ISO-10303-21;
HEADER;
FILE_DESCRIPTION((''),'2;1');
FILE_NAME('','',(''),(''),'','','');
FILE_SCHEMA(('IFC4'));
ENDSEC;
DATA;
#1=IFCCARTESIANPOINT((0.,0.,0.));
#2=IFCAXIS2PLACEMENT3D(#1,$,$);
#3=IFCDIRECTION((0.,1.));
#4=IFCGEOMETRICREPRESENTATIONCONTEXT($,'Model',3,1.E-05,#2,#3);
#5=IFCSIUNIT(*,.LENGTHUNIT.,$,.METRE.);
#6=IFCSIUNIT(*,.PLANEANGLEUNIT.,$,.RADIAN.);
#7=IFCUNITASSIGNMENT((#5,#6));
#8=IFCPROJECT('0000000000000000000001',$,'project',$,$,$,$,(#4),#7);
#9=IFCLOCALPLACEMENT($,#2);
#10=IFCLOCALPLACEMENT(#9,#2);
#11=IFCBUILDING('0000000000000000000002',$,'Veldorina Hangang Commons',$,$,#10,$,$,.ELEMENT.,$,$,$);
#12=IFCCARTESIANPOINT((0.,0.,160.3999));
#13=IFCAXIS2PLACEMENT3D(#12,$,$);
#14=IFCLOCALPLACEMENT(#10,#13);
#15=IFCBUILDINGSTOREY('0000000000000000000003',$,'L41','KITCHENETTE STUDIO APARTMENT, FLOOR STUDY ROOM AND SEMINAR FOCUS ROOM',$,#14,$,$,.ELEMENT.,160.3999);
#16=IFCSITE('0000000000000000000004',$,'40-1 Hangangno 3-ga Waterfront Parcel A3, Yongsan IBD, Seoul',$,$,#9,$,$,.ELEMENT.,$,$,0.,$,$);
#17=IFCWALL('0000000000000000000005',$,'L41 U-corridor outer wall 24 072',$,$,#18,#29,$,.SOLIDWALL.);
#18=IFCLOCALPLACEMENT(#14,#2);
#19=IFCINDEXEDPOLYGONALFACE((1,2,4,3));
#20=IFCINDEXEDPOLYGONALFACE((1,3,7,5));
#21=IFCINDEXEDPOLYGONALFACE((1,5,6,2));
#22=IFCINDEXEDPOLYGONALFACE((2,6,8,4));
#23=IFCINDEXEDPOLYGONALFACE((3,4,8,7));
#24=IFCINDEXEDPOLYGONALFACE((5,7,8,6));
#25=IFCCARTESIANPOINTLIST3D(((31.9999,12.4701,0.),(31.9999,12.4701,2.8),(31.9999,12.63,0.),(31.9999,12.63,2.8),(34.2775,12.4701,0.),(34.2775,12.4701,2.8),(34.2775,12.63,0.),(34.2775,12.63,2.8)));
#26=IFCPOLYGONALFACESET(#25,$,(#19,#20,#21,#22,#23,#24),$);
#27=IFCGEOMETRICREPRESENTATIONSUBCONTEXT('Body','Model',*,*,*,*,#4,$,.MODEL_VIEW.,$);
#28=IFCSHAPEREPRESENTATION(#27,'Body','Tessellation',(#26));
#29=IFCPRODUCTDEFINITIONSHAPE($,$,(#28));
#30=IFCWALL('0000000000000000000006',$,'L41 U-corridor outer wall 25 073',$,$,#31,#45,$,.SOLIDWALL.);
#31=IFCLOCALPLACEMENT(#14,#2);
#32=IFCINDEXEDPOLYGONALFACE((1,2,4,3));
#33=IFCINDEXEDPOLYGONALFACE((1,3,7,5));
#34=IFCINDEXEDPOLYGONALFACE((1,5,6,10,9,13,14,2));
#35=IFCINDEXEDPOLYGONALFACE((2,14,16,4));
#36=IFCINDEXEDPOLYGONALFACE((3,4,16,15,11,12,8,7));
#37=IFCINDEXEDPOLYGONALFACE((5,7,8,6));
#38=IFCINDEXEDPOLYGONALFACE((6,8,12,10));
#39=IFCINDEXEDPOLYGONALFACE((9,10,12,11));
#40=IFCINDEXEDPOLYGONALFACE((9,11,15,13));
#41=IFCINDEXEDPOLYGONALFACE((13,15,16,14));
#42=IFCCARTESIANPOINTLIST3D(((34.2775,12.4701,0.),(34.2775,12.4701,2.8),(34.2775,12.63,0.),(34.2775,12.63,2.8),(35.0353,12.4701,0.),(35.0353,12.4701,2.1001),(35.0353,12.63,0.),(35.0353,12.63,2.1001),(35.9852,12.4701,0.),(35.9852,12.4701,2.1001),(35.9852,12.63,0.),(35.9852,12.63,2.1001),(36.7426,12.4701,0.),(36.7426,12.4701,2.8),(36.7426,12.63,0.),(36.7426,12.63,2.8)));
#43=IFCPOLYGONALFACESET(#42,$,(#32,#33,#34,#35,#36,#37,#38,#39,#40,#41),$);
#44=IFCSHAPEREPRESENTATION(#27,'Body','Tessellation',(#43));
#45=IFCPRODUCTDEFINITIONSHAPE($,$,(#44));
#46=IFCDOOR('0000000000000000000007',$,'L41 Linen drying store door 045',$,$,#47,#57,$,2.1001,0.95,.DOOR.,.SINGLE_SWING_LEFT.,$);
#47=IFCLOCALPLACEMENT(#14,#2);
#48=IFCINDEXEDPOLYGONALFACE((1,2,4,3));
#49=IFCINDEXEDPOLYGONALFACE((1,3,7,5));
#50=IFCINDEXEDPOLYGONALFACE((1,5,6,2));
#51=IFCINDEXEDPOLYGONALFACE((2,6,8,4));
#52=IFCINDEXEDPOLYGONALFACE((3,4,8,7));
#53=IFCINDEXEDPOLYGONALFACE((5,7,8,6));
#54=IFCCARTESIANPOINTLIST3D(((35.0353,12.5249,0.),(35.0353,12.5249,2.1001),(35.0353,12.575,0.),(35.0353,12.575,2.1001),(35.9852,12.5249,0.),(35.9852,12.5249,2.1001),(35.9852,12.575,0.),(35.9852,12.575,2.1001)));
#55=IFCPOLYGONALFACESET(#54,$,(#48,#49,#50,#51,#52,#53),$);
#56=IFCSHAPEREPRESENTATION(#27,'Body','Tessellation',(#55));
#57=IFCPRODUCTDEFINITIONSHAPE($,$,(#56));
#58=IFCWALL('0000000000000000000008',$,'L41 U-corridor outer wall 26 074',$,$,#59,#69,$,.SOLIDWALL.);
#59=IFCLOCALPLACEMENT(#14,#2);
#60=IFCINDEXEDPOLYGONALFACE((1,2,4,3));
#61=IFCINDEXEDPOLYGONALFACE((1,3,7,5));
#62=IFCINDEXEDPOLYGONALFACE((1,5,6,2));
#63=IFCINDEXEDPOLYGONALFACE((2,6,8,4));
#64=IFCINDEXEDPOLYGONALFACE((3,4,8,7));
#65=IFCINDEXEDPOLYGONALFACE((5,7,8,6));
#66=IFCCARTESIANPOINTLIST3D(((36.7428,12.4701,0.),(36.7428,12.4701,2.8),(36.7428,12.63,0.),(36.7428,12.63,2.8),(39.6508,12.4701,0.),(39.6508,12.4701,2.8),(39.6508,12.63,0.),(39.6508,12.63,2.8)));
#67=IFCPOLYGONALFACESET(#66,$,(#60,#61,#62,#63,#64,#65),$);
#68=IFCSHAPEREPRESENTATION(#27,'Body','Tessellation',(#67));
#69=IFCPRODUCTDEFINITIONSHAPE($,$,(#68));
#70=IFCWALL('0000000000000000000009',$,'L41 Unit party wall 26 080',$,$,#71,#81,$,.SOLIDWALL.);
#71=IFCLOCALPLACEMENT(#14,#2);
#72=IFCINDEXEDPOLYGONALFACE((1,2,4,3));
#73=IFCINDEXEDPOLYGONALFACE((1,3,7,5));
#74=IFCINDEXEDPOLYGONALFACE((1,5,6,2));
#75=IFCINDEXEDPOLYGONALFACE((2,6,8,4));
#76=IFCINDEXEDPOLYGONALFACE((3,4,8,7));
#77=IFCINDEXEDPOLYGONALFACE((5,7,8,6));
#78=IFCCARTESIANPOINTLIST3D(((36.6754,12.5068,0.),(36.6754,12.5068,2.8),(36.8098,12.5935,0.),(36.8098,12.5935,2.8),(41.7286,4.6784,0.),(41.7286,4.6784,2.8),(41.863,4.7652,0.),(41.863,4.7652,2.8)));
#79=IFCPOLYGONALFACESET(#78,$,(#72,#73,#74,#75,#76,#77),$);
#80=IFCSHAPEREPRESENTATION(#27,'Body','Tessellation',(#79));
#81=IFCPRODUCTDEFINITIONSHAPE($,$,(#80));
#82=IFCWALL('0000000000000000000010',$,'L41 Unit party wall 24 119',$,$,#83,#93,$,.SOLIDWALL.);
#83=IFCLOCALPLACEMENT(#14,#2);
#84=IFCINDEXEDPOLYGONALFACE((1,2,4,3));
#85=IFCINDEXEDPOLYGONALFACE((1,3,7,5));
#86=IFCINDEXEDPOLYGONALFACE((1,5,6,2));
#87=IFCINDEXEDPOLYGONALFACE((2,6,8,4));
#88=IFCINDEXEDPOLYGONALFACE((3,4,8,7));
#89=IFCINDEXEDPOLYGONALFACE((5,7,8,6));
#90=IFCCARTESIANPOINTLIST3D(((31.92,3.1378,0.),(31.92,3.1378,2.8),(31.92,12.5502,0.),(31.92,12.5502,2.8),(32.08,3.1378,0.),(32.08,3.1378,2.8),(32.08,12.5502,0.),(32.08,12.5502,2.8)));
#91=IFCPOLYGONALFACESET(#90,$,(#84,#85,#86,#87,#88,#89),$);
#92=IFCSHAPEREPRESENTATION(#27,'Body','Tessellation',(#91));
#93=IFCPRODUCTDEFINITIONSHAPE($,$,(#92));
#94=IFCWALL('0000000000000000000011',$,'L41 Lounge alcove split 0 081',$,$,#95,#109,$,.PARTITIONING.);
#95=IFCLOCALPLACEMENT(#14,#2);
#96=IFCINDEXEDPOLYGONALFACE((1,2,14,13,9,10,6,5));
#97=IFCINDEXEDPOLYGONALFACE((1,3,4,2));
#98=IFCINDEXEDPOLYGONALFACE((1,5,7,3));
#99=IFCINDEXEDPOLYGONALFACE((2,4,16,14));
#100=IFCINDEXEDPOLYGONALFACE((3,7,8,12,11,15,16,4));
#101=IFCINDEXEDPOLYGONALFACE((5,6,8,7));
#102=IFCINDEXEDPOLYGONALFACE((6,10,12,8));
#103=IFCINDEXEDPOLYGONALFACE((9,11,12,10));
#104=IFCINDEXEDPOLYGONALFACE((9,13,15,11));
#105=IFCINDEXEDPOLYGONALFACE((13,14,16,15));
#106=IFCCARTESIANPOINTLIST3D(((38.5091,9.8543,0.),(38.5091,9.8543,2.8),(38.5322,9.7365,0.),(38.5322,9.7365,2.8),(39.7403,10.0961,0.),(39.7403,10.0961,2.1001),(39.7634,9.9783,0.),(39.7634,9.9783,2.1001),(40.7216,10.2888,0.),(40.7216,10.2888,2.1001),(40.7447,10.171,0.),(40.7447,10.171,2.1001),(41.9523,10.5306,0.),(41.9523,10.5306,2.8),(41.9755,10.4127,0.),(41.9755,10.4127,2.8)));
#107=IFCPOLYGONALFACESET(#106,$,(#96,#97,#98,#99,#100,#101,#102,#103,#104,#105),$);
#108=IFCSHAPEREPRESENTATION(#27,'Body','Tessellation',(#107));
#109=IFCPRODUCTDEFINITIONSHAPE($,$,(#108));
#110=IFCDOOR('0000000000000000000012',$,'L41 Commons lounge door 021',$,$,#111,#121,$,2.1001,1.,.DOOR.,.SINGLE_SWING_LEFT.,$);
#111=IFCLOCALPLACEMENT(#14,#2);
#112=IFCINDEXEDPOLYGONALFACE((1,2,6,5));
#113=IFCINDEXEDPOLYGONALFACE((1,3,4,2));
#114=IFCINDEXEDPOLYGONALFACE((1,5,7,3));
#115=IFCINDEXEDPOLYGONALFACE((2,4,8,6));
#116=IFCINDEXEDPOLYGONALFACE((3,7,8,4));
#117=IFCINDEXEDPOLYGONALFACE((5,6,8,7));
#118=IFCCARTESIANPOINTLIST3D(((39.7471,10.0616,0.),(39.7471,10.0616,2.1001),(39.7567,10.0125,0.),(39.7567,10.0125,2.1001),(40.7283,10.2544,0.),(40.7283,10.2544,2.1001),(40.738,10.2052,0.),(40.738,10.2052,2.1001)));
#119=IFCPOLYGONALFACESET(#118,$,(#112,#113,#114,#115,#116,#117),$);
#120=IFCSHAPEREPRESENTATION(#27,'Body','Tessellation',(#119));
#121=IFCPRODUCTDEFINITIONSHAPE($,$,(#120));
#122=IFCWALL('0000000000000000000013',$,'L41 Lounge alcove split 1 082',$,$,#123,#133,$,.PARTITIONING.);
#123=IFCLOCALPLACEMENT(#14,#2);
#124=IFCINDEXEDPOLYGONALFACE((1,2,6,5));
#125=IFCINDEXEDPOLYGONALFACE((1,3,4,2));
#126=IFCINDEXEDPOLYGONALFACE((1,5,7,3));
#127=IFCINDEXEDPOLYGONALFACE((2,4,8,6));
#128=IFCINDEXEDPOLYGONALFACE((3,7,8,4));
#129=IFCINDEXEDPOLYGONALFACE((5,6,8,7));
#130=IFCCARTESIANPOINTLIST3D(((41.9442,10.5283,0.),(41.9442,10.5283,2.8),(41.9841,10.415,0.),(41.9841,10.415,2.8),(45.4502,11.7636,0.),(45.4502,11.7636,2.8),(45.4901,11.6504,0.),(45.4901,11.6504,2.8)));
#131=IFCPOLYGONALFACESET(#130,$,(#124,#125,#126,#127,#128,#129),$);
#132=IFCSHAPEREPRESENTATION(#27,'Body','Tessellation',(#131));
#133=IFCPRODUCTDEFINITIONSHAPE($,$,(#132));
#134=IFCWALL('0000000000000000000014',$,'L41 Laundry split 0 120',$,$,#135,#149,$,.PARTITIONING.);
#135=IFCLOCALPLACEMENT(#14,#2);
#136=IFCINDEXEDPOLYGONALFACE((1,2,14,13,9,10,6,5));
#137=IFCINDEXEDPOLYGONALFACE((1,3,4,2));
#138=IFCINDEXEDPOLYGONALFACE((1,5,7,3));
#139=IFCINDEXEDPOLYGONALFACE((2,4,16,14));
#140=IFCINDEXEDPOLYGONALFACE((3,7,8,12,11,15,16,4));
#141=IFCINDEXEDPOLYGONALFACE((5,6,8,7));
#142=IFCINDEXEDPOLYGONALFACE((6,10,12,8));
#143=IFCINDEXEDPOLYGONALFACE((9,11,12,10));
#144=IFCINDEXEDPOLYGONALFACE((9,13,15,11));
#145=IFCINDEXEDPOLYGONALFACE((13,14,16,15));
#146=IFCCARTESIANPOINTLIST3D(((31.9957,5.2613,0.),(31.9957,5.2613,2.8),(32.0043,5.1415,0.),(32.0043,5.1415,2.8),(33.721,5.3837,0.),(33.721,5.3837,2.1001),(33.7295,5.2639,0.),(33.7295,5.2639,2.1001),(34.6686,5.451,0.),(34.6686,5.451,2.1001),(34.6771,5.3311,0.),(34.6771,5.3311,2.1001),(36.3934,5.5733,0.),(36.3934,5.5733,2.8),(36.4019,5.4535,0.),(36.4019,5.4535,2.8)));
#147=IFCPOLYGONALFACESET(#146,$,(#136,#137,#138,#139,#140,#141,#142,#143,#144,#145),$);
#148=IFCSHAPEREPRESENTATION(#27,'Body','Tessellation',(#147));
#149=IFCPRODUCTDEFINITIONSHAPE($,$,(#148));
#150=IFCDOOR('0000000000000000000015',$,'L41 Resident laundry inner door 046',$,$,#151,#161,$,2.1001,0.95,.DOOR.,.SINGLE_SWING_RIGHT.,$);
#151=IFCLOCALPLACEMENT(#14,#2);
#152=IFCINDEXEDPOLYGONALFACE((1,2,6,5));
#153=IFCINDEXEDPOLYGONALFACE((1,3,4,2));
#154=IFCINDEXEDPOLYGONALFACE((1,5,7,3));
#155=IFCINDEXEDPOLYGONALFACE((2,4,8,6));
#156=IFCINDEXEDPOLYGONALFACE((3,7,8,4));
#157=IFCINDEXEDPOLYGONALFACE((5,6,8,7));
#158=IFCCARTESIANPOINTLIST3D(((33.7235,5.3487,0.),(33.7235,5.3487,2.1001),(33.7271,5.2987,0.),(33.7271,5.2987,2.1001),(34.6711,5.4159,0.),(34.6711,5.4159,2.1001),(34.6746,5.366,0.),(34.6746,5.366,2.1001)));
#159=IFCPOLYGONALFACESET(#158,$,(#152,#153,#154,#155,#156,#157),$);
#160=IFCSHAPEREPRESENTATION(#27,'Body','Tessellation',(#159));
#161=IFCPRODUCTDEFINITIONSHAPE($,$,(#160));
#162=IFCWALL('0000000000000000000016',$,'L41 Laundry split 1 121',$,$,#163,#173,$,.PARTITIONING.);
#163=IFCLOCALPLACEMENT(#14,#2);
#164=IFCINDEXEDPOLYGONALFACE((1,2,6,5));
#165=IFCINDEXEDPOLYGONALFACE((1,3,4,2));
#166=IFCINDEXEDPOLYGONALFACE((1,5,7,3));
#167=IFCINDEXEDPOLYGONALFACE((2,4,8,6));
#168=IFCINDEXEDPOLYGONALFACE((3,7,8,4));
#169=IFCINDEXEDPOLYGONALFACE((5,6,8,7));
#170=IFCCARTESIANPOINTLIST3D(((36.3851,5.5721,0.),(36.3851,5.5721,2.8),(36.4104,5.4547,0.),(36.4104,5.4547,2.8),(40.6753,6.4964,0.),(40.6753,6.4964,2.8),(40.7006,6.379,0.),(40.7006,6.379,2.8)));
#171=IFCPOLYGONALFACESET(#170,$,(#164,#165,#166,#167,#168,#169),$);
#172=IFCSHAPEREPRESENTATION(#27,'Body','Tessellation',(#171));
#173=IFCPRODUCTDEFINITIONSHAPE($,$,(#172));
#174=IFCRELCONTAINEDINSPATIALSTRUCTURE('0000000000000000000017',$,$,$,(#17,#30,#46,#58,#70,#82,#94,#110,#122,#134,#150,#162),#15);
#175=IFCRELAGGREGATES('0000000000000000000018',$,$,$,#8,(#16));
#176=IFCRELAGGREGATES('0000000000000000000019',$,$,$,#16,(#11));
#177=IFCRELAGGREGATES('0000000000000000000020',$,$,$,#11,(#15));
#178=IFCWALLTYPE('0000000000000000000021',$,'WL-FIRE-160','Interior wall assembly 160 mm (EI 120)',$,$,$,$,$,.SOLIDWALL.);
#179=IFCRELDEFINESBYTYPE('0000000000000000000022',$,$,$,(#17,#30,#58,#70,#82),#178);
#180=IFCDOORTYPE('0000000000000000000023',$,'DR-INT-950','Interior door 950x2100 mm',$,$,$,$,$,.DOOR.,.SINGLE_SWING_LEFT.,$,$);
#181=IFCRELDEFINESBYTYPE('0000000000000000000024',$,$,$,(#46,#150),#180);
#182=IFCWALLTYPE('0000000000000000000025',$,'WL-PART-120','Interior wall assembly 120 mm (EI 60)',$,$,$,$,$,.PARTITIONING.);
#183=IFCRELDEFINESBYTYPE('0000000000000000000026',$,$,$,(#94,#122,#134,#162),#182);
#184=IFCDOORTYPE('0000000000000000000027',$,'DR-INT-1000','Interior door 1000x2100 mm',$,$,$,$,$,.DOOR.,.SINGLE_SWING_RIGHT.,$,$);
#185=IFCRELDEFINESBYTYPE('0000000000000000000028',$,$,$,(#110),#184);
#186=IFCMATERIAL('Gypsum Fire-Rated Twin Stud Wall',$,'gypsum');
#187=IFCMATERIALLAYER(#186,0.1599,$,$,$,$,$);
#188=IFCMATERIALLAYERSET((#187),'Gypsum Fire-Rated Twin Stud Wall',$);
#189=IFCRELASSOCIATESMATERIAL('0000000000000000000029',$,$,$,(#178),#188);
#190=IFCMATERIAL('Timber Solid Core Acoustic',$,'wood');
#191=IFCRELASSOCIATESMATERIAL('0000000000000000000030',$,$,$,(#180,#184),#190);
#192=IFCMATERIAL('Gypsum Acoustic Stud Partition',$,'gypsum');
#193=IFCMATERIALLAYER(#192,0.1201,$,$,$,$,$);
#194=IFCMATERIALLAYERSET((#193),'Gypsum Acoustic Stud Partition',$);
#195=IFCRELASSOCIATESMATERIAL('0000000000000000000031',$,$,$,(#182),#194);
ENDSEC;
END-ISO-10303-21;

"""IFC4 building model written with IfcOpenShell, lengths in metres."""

from ifc_helpers import new_model, si_unit, direction, frame, frame_2d, origin, place, context, subcontext, project, spatial, rectangle, extrude, material, layer, layer_set, type_object, element, fill, save


model = new_model("IFC4")

# Units and contexts
model_context = context("Model", 3, precision=1e-05, world=origin(), true_north=direction((0.0, 1.0)))
body_context = subcontext(model_context, "Body", "Model", "MODEL_VIEW")
ifc_project = project(units=[si_unit("LENGTHUNIT", "METRE"), si_unit("PLANEANGLEUNIT", "RADIAN")], contexts=[model_context])

# Site, building, storey
site_placement = place(None, origin())
site = spatial("IfcSite", under=ifc_project, at=site_placement, Name="40-1 Hangangno 3-ga Waterfront Parcel A3, Yongsan IBD, Seoul", CompositionType="ELEMENT", RefElevation=0.0)
building_placement = place(site_placement, origin())
building = spatial("IfcBuilding", under=site, at=building_placement, Name="Veldorina Hangang Commons", CompositionType="ELEMENT")
storey_placement = place(building_placement, frame((0.0, 0.0, 160.3999)))
storey = spatial("IfcBuildingStorey", under=building, at=storey_placement, Name="L41", Description="KITCHENETTE STUDIO APARTMENT, FLOOR STUDY ROOM AND SEMINAR FOCUS ROOM", CompositionType="ELEMENT", Elevation=160.3999)

# Wall
ifc_material_1 = material(Name="Gypsum Fire-Rated Twin Stud Wall", Category="gypsum")
ifc_layer_1 = layer(ifc_material_1, 0.1599)
ifc_layer_set_1 = layer_set([ifc_layer_1], Name="Gypsum Fire-Rated Twin Stud Wall")
wall_type_1 = type_object("IfcWallType", Name="WL-FIRE-160", Description="Interior wall assembly 160 mm (EI 120)", PredefinedType="SOLIDWALL", material=ifc_layer_set_1)
wall_1_placement = place(storey_placement, frame((32.0, 12.55, 0.0), z_axis=(0.0, 0.0, 1.0), x_axis=(1.0, 0.0, 0.0)))
element("IfcWall", 1, at=wall_1_placement, inside=storey, type_object=wall_type_1, Name="L41 U-corridor outer wall 24 072", PredefinedType="SOLIDWALL", context=body_context, shape_type="SweptSolid", body=[
    extrude(rectangle(XDim=2.2776, YDim=0.1599, at=frame_2d((1.1387, 0.0))), origin(), (0.0, 0.0, 1.0), 2.8),
])

# Wall, opening, door
wall_2_placement = place(storey_placement, frame((34.2776, 12.55, 0.0), z_axis=(0.0, 0.0, 1.0), x_axis=(1.0, 0.0, 0.0)))
wall_2 = element("IfcWall", 2, at=wall_2_placement, inside=storey, type_object=wall_type_1, Name="L41 U-corridor outer wall 25 073", PredefinedType="SOLIDWALL", context=body_context, shape_type="SweptSolid", body=[
    extrude(rectangle(XDim=2.4651, YDim=0.1599, at=frame_2d((1.2324, 0.0))), origin(), (0.0, 0.0, 1.0), 2.8),
])
opening_1_placement = place(wall_2_placement, frame((0.7576, 0.0, 0.0)))
opening_1 = element("IfcOpeningElement", 3, at=opening_1_placement, cuts=wall_2, PredefinedType="OPENING", context=body_context, shape_type="SweptSolid", body=[
    extrude(rectangle(XDim=0.95, YDim=2.1001, at=frame_2d((0.4751, 1.05))), frame((0.0, 0.0898, 0.0), z_axis=(0.0, -1.0, 0.0), x_axis=(1.0, 0.0, 0.0)), (0.0, 0.0, 1.0), 0.1799),
])
ifc_material_2 = material(Name="Timber Solid Core Acoustic", Category="wood")
door_type_1 = type_object("IfcDoorType", Name="DR-INT-950", Description="Interior door 950x2100 mm", OperationType="SINGLE_SWING_LEFT", PredefinedType="DOOR", material=ifc_material_2)
door_1_placement = place(opening_1_placement, origin())
door_1 = element("IfcDoor", 4, at=door_1_placement, inside=storey, type_object=door_type_1, Name="L41 Linen drying store door 045", OperationType="SINGLE_SWING_LEFT", OverallHeight=2.1001, OverallWidth=0.95, PredefinedType="DOOR", context=body_context, shape_type="SweptSolid", body=[
    extrude(rectangle(XDim=0.95, YDim=2.1001, at=frame_2d((0.4751, 1.05))), frame((0.0, 0.0249, 0.0), z_axis=(0.0, -1.0, 0.0), x_axis=(1.0, 0.0, 0.0)), (0.0, 0.0, 1.0), 0.05),
])
fill(opening_1, door_1)

# Walls
wall_3_placement = place(storey_placement, frame((36.7427, 12.55, 0.0), z_axis=(0.0, 0.0, 1.0), x_axis=(1.0, 0.0, 0.0)))
element("IfcWall", 5, at=wall_3_placement, inside=storey, type_object=wall_type_1, Name="L41 U-corridor outer wall 26 074", PredefinedType="SOLIDWALL", context=body_context, shape_type="SweptSolid", body=[
    extrude(rectangle(XDim=2.908, YDim=0.1599, at=frame_2d((1.4541, 0.0))), origin(), (0.0, 0.0, 1.0), 2.8),
])
wall_4_placement = place(storey_placement, frame((36.7427, 12.55, 0.0), z_axis=(0.0, 0.0, 1.0), x_axis=(0.542329, -0.840166, 0.0)))
element("IfcWall", 6, at=wall_4_placement, inside=storey, type_object=wall_type_1, Name="L41 Unit party wall 26 080", PredefinedType="SOLIDWALL", context=body_context, shape_type="SweptSolid", body=[
    extrude(rectangle(XDim=9.3176, YDim=0.1599, at=frame_2d((4.6587, 0.0))), origin(), (0.0, 0.0, 1.0), 2.8),
])
wall_5_placement = place(storey_placement, frame((32.0, 12.55, 0.0), z_axis=(0.0, 0.0, 1.0), x_axis=(0.0, -1.0, 0.0)))
element("IfcWall", 7, at=wall_5_placement, inside=storey, type_object=wall_type_1, Name="L41 Unit party wall 24 119", PredefinedType="SOLIDWALL", context=body_context, shape_type="SweptSolid", body=[
    extrude(rectangle(XDim=9.4124, YDim=0.1599, at=frame_2d((4.7061, 0.0))), origin(), (0.0, 0.0, 1.0), 2.8),
])

# Wall, opening, door
ifc_material_3 = material(Name="Gypsum Acoustic Stud Partition", Category="gypsum")
ifc_layer_2 = layer(ifc_material_3, 0.1201)
ifc_layer_set_2 = layer_set([ifc_layer_2], Name="Gypsum Acoustic Stud Partition")
wall_type_2 = type_object("IfcWallType", Name="WL-PART-120", Description="Interior wall assembly 120 mm (EI 60)", PredefinedType="PARTITIONING", material=ifc_layer_set_2)
wall_6_placement = place(storey_placement, frame((38.5208, 9.7954, 0.0), z_axis=(0.0, 0.0, 1.0), x_axis=(0.981254, 0.192717, 0.0)))
wall_6 = element("IfcWall", 8, at=wall_6_placement, inside=storey, type_object=wall_type_2, Name="L41 Lounge alcove split 0 081", PredefinedType="PARTITIONING", context=body_context, shape_type="SweptSolid", body=[
    extrude(rectangle(XDim=3.509, YDim=0.1201, at=frame_2d((1.7544, 0.0))), origin(), (0.0, 0.0, 1.0), 2.8),
])
opening_2_placement = place(wall_6_placement, frame((1.2546, 0.0, 0.0)))
opening_2 = element("IfcOpeningElement", 9, at=opening_2_placement, cuts=wall_6, PredefinedType="OPENING", context=body_context, shape_type="SweptSolid", body=[
    extrude(rectangle(XDim=1.0, YDim=2.1001, at=frame_2d((0.5, 1.05))), frame((0.0, 0.0701, 0.0), z_axis=(0.0, -1.0, 0.0), x_axis=(1.0, 0.0, 0.0)), (0.0, 0.0, 1.0), 0.1401),
])
door_type_2 = type_object("IfcDoorType", Name="DR-INT-1000", Description="Interior door 1000x2100 mm", OperationType="SINGLE_SWING_RIGHT", PredefinedType="DOOR", material=ifc_material_2)
door_2_placement = place(opening_2_placement, origin())
door_2 = element("IfcDoor", 10, at=door_2_placement, inside=storey, type_object=door_type_2, Name="L41 Commons lounge door 021", OperationType="SINGLE_SWING_LEFT", OverallHeight=2.1001, OverallWidth=1.0, PredefinedType="DOOR", context=body_context, shape_type="SweptSolid", body=[
    extrude(rectangle(XDim=1.0, YDim=2.1001, at=frame_2d((0.5, 1.05))), frame((0.0, 0.0249, 0.0), z_axis=(0.0, -1.0, 0.0), x_axis=(1.0, 0.0, 0.0)), (0.0, 0.0, 1.0), 0.05),
])
fill(opening_2, door_2)

# Wall
wall_7_placement = place(storey_placement, frame((41.9641, 10.4717, 0.0), z_axis=(0.0, 0.0, 1.0), x_axis=(0.943167, 0.332319, 0.0)))
element("IfcWall", 11, at=wall_7_placement, inside=storey, type_object=wall_type_2, Name="L41 Lounge alcove split 1 082", PredefinedType="PARTITIONING", context=body_context, shape_type="SweptSolid", body=[
    extrude(rectangle(XDim=3.7173, YDim=0.1201, at=frame_2d((1.8586, 0.0))), origin(), (0.0, 0.0, 1.0), 2.8),
])

# Wall, opening, door
wall_8_placement = place(storey_placement, frame((32.0, 5.2014, 0.0), z_axis=(0.0, 0.0, 1.0), x_axis=(0.997493, 0.070771, 0.0)))
wall_8 = element("IfcWall", 12, at=wall_8_placement, inside=storey, type_object=wall_type_2, Name="L41 Laundry split 0 120", PredefinedType="PARTITIONING", context=body_context, shape_type="SweptSolid", body=[
    extrude(rectangle(XDim=4.4087, YDim=0.1201, at=frame_2d((2.2043, 0.0))), origin(), (0.0, 0.0, 1.0), 2.8),
])
opening_3_placement = place(wall_8_placement, frame((1.7295, 0.0, 0.0)))
opening_3 = element("IfcOpeningElement", 13, at=opening_3_placement, cuts=wall_8, PredefinedType="OPENING", context=body_context, shape_type="SweptSolid", body=[
    extrude(rectangle(XDim=0.95, YDim=2.1001, at=frame_2d((0.4751, 1.05))), frame((0.0, 0.0701, 0.0), z_axis=(0.0, -1.0, 0.0), x_axis=(1.0, 0.0, 0.0)), (0.0, 0.0, 1.0), 0.1401),
])
door_3_placement = place(opening_3_placement, origin())
door_3 = element("IfcDoor", 14, at=door_3_placement, inside=storey, type_object=door_type_1, Name="L41 Resident laundry inner door 046", OperationType="SINGLE_SWING_RIGHT", OverallHeight=2.1001, OverallWidth=0.95, PredefinedType="DOOR", context=body_context, shape_type="SweptSolid", body=[
    extrude(rectangle(XDim=0.95, YDim=2.1001, at=frame_2d((0.4751, 1.05))), frame((0.0, 0.0249, 0.0), z_axis=(0.0, -1.0, 0.0), x_axis=(1.0, 0.0, 0.0)), (0.0, 0.0, 1.0), 0.05),
])
fill(opening_3, door_3)

# Wall
wall_9_placement = place(storey_placement, frame((36.3977, 5.5134, 0.0), z_axis=(0.0, 0.0, 1.0), x_axis=(0.97757, 0.210612, 0.0)))
element("IfcWall", 15, at=wall_9_placement, inside=storey, type_object=wall_type_2, Name="L41 Laundry split 1 121", PredefinedType="PARTITIONING", context=body_context, shape_type="SweptSolid", body=[
    extrude(rectangle(XDim=4.3887, YDim=0.1201, at=frame_2d((2.1943, 0.0))), origin(), (0.0, 0.0, 1.0), 2.8),
])

save(model, "model.ifc")
